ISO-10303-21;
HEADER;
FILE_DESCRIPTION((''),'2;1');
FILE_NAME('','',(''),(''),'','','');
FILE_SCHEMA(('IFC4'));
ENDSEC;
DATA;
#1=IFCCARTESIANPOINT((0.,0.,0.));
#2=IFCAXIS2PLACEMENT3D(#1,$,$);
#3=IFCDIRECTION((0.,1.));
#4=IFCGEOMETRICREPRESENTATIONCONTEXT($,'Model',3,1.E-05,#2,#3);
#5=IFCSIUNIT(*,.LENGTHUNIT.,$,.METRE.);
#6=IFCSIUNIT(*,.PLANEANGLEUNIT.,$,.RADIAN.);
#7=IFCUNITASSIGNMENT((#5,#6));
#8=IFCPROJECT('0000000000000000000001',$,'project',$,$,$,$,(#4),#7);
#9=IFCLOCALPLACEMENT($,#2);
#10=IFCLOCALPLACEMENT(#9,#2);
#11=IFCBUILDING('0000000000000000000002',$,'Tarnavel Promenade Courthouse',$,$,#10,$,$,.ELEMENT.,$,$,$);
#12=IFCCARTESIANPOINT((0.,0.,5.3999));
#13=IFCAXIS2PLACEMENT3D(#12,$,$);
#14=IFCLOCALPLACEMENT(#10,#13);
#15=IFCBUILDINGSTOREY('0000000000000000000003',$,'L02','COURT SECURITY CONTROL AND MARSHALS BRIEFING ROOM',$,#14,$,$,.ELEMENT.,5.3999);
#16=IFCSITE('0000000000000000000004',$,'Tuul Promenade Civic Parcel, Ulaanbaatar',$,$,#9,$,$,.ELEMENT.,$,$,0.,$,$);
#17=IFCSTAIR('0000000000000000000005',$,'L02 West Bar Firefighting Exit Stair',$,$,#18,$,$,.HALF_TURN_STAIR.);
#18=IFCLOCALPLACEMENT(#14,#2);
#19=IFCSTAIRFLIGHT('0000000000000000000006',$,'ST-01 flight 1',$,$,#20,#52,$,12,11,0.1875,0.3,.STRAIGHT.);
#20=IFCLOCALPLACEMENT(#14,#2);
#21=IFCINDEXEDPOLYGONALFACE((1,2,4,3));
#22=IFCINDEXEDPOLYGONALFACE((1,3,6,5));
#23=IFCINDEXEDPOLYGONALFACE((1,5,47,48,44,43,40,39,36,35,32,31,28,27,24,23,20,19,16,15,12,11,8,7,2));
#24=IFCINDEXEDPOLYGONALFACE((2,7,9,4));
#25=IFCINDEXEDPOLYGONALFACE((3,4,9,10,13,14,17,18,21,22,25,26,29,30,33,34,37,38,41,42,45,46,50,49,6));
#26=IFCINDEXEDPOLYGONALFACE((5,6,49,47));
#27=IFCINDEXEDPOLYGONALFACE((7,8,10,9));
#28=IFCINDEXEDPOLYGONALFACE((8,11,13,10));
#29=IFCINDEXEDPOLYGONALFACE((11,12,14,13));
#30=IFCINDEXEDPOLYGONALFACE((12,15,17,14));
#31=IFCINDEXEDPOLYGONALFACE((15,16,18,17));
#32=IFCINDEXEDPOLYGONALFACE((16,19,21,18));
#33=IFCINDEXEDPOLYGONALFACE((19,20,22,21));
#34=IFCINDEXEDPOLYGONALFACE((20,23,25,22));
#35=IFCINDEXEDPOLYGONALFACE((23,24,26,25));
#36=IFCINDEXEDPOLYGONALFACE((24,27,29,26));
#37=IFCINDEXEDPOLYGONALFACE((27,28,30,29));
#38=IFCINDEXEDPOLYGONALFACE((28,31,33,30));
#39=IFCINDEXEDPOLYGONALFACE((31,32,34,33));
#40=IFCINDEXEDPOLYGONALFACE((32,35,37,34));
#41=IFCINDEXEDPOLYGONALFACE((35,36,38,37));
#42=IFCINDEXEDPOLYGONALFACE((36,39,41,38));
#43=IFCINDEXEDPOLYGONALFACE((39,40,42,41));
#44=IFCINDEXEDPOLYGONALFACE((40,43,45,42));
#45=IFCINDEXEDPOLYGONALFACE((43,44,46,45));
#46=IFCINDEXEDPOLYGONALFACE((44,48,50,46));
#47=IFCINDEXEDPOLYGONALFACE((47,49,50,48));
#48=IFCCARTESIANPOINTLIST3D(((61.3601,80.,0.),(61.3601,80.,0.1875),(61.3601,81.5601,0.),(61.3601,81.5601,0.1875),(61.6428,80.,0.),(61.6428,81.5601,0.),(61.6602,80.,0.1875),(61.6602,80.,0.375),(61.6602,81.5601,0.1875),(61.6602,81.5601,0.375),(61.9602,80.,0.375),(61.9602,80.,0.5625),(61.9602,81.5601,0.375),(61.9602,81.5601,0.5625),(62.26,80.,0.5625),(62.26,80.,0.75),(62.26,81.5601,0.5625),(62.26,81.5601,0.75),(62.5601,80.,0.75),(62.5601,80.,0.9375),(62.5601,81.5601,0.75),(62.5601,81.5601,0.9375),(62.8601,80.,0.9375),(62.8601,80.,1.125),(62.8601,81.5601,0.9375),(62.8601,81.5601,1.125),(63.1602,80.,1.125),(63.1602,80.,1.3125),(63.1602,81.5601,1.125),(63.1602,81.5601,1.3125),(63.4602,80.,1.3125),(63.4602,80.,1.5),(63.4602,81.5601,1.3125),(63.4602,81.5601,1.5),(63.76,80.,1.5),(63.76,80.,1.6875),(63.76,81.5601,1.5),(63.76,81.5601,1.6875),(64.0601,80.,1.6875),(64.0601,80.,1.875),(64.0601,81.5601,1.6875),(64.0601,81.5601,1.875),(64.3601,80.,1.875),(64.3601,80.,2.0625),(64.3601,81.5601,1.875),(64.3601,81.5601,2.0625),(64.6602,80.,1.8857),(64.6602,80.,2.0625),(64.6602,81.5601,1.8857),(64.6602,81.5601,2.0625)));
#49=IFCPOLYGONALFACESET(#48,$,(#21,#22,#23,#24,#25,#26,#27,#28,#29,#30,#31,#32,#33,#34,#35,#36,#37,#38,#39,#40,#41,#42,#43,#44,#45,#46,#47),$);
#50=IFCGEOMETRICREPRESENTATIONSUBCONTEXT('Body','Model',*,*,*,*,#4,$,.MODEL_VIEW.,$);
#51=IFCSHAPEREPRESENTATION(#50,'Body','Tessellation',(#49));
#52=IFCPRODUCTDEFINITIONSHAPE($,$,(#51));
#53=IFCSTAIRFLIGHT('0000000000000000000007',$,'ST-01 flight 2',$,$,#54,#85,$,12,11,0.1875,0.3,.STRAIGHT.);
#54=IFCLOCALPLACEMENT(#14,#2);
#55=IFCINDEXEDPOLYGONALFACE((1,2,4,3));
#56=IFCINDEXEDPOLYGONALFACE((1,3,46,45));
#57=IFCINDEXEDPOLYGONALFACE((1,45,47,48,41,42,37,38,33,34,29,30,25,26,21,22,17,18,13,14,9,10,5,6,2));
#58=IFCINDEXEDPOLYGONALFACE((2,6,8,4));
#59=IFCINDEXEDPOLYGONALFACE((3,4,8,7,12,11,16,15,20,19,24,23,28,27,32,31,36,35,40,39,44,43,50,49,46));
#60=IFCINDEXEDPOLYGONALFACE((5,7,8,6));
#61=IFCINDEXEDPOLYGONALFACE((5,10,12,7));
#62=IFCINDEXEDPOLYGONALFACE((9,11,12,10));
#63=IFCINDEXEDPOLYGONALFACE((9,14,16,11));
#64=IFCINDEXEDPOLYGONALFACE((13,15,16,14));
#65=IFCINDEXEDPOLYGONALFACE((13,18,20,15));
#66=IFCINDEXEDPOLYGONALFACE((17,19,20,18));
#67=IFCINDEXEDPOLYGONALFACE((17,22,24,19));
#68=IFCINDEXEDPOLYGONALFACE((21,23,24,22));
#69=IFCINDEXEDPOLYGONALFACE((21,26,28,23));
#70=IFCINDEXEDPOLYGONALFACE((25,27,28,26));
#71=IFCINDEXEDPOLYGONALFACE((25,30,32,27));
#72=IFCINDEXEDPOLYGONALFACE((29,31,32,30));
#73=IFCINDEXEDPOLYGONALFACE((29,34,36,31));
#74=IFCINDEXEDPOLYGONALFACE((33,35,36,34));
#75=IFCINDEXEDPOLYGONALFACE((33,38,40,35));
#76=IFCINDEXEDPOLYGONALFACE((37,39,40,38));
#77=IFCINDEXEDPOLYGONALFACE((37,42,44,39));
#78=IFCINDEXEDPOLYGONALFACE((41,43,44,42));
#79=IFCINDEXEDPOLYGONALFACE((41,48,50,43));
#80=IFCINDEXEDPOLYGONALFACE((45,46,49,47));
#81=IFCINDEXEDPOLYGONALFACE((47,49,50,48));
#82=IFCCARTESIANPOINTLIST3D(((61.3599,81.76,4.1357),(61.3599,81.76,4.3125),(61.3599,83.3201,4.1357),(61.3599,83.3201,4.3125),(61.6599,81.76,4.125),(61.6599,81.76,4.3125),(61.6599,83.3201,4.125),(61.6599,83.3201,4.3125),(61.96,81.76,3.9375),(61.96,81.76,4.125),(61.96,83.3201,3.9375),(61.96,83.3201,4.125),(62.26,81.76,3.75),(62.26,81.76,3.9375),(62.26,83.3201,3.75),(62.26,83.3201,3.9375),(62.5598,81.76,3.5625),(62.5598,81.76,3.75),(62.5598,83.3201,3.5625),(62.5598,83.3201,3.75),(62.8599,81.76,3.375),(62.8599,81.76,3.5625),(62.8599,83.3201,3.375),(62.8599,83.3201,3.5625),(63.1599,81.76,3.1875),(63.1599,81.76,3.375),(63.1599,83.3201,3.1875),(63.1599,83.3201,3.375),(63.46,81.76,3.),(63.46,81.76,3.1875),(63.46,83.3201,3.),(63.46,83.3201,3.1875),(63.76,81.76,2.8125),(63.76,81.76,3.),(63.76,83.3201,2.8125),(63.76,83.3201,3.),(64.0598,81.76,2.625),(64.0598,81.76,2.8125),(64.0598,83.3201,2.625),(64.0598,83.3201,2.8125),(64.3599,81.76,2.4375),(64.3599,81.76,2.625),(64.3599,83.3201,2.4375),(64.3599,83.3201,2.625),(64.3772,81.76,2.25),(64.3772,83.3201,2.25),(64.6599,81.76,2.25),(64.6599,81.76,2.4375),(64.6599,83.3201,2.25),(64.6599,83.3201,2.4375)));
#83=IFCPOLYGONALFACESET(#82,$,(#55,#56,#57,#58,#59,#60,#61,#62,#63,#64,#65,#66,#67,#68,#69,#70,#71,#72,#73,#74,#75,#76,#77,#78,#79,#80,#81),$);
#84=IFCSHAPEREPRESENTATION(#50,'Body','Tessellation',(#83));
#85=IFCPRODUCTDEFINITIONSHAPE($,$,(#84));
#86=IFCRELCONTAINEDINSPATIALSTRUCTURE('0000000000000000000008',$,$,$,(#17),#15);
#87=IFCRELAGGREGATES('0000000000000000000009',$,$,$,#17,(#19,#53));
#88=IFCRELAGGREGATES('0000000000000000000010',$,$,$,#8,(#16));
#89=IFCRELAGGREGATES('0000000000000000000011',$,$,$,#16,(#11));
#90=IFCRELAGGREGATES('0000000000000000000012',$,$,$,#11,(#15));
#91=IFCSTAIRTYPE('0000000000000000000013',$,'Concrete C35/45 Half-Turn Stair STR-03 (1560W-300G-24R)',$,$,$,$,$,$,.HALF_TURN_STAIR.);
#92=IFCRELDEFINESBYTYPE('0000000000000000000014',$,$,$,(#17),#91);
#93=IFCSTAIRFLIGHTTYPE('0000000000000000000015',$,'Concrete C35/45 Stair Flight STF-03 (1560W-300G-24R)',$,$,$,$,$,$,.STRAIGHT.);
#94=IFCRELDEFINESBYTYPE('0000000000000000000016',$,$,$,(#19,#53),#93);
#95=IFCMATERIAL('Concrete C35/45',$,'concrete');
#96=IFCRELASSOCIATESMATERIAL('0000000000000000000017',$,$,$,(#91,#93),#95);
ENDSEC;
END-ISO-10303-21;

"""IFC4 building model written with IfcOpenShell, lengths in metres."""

from ifc_helpers import new_model, si_unit, direction, frame, origin, place, context, subcontext, project, spatial, polyline, outline, extrude, material, type_object, element, aggregate, save


model = new_model("IFC4")

# Units and contexts
model_context = context("Model", 3, precision=1e-05, world=origin(), true_north=direction((0.0, 1.0)))
body_context = subcontext(model_context, "Body", "Model", "MODEL_VIEW")
ifc_project = project(units=[si_unit("LENGTHUNIT", "METRE"), si_unit("PLANEANGLEUNIT", "RADIAN")], contexts=[model_context])

# Site, building, storey
site_placement = place(None, origin())
site = spatial("IfcSite", under=ifc_project, at=site_placement, Name="Tuul Promenade Civic Parcel, Ulaanbaatar", CompositionType="ELEMENT", RefElevation=0.0)
building_placement = place(site_placement, origin())
building = spatial("IfcBuilding", under=site, at=building_placement, Name="Tarnavel Promenade Courthouse", CompositionType="ELEMENT")
storey_placement = place(building_placement, frame((0.0, 0.0, 5.3999)))
storey = spatial("IfcBuildingStorey", under=building, at=storey_placement, Name="L02", Description="COURT SECURITY CONTROL AND MARSHALS BRIEFING ROOM", CompositionType="ELEMENT", Elevation=5.3999)

# Stair, stair flights
ifc_material_1 = material(Name="Concrete C35/45", Category="concrete")
stair_type = type_object("IfcStairType", Name="Concrete C35/45 Half-Turn Stair STR-03 (1560W-300G-24R)", PredefinedType="HALF_TURN_STAIR", material=ifc_material_1)
stair_placement = place(storey_placement, origin())
stair = element("IfcStair", 1, at=stair_placement, inside=storey, type_object=stair_type, Name="L02 West Bar Firefighting Exit Stair", PredefinedType="HALF_TURN_STAIR")
stair_flight_type = type_object("IfcStairFlightType", Name="Concrete C35/45 Stair Flight STF-03 (1560W-300G-24R)", PredefinedType="STRAIGHT", material=ifc_material_1)
stair_flight_1_placement = place(storey_placement, frame((61.3601, 80.78, 0.0), z_axis=(0.0, 0.0, 1.0), x_axis=(1.0, 0.0, 0.0)))
stair_flight_1 = element("IfcStairFlight", 2, at=stair_flight_1_placement, type_object=stair_flight_type, Name="ST-01 flight 1", NumberOfRisers=12, NumberOfTreads=11, PredefinedType="STRAIGHT", RiserHeight=0.1875, TreadLength=0.3, context=body_context, shape_type="SweptSolid", body=[
    extrude(outline(polyline([(0.0, 0.0), (0.0, 0.1875), (0.3, 0.1875), (0.3, 0.375), (0.6001, 0.375), (0.6001, 0.5625), (0.8999, 0.5625), (0.8999, 0.75), (1.2, 0.75), (1.2, 0.9375), (1.5, 0.9375), (1.5, 1.125), (1.8, 1.125), (1.8, 1.3125), (2.1001, 1.3125), (2.1001, 1.5), (2.3999, 1.5), (2.3999, 1.6875), (2.7, 1.6875), (2.7, 1.875), (3.0, 1.875), (3.0, 2.0625), (3.3, 2.0625), (3.3, 2.25), (3.3, 1.8857), (0.2827, 0.0), (0.0, 0.0)])), frame((0.0, 0.78, 0.0), z_axis=(0.0, -1.0, 0.0), x_axis=(1.0, 0.0, 0.0)), (0.0, 0.0, 1.0), 1.5601),
])
stair_flight_2_placement = place(storey_placement, frame((64.6599, 82.54, 2.25), z_axis=(0.0, 0.0, 1.0), x_axis=(-1.0, 0.0, 0.0)))
stair_flight_2 = element("IfcStairFlight", 3, at=stair_flight_2_placement, type_object=stair_flight_type, Name="ST-01 flight 2", NumberOfRisers=12, NumberOfTreads=11, PredefinedType="STRAIGHT", RiserHeight=0.1875, TreadLength=0.3, context=body_context, shape_type="SweptSolid", body=[
    extrude(outline(polyline([(0.0, 0.0), (0.0, 0.1875), (0.3, 0.1875), (0.3, 0.375), (0.6001, 0.375), (0.6001, 0.5625), (0.8999, 0.5625), (0.8999, 0.75), (1.2, 0.75), (1.2, 0.9375), (1.5, 0.9375), (1.5, 1.125), (1.8, 1.125), (1.8, 1.3125), (2.1001, 1.3125), (2.1001, 1.5), (2.3999, 1.5), (2.3999, 1.6875), (2.7, 1.6875), (2.7, 1.875), (3.0, 1.875), (3.0, 2.0625), (3.3, 2.0625), (3.3, 2.25), (3.3, 1.8857), (0.2827, 0.0), (0.0, 0.0)])), frame((0.0, 0.78, 0.0), z_axis=(0.0, -1.0, 0.0), x_axis=(1.0, 0.0, 0.0)), (0.0, 0.0, 1.0), 1.5601),
])
aggregate(stair, [stair_flight_1, stair_flight_2])

save(model, "model.ifc")
